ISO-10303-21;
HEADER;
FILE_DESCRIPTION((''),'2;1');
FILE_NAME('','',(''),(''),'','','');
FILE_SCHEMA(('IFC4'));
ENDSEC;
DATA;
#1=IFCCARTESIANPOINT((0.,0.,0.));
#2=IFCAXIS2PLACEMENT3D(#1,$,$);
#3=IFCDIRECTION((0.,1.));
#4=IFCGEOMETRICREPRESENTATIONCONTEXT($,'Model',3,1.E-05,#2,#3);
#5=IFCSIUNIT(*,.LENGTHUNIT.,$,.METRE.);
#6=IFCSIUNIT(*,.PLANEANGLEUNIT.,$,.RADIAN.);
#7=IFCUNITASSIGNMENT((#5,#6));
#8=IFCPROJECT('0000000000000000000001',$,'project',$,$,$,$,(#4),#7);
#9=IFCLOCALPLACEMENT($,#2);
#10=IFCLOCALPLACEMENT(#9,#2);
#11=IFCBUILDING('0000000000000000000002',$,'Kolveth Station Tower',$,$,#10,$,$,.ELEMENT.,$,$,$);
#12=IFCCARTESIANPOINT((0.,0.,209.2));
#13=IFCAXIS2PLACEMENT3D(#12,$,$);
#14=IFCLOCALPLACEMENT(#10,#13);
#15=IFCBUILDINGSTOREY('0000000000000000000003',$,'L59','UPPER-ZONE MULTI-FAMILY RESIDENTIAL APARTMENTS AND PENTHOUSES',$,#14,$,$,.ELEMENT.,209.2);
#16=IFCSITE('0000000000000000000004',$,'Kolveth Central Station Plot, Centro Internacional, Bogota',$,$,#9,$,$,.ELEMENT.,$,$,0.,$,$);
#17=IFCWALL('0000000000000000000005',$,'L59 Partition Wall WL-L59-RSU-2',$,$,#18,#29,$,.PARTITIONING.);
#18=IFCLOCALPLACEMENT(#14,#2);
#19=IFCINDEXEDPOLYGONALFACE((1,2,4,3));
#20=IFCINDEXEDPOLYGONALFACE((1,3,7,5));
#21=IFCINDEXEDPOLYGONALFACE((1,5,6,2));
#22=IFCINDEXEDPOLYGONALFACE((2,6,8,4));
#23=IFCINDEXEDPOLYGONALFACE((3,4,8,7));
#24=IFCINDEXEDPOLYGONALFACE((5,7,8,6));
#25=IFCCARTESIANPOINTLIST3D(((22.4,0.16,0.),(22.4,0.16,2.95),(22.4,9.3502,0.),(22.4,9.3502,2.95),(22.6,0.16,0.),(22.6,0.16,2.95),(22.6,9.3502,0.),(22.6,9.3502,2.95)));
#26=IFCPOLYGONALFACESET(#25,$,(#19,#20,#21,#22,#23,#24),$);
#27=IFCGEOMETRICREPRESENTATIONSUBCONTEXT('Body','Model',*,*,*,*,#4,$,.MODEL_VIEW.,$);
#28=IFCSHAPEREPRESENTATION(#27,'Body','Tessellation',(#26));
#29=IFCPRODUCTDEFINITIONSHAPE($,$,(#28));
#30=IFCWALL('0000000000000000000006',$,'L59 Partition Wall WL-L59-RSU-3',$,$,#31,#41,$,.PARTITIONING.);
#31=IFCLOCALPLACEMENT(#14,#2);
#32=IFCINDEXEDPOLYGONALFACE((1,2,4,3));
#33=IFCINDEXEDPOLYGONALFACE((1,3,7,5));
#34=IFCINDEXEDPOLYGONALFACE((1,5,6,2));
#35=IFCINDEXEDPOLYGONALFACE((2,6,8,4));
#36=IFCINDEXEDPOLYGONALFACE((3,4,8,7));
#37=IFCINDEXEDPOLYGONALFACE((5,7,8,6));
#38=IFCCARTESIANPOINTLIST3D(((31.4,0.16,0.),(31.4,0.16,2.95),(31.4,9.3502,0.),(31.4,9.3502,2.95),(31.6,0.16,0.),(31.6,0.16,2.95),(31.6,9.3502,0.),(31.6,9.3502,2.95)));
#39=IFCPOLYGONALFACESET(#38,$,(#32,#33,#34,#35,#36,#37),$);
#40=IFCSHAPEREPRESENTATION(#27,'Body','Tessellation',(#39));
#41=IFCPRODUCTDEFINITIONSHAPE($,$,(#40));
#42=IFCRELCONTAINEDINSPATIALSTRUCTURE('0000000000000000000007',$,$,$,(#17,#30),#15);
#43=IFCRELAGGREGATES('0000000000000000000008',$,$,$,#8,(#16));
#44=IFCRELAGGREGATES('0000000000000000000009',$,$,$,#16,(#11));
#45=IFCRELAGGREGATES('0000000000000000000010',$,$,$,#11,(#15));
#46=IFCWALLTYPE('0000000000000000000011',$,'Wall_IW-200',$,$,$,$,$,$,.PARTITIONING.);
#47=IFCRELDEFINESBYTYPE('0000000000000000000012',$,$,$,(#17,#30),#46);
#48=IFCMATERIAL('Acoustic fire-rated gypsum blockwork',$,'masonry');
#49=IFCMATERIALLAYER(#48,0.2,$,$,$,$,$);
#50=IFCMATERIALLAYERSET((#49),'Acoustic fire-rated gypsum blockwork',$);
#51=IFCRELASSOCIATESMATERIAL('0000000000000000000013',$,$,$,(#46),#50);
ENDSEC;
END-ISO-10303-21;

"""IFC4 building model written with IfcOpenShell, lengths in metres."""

from ifc_helpers import new_model, si_unit, direction, frame, frame_2d, origin, place, context, subcontext, project, spatial, rectangle, extrude, material, layer, layer_set, type_object, element, save


model = new_model("IFC4")

# Units and contexts
model_context = context("Model", 3, precision=1e-05, world=origin(), true_north=direction((0.0, 1.0)))
body_context = subcontext(model_context, "Body", "Model", "MODEL_VIEW")
ifc_project = project(units=[si_unit("LENGTHUNIT", "METRE"), si_unit("PLANEANGLEUNIT", "RADIAN")], contexts=[model_context])

# Site, building, storey
site_placement = place(None, origin())
site = spatial("IfcSite", under=ifc_project, at=site_placement, Name="Kolveth Central Station Plot, Centro Internacional, Bogota", CompositionType="ELEMENT", RefElevation=0.0)
building_placement = place(site_placement, origin())
building = spatial("IfcBuilding", under=site, at=building_placement, Name="Kolveth Station Tower", CompositionType="ELEMENT")
storey_placement = place(building_placement, frame((0.0, 0.0, 209.2)))
storey = spatial("IfcBuildingStorey", under=building, at=storey_placement, Name="L59", Description="UPPER-ZONE MULTI-FAMILY RESIDENTIAL APARTMENTS AND PENTHOUSES", CompositionType="ELEMENT", Elevation=209.2)

# Walls
ifc_material_1 = material(Name="Acoustic fire-rated gypsum blockwork", Category="masonry")
ifc_layer_1 = layer(ifc_material_1, 0.2)
ifc_layer_set_1 = layer_set([ifc_layer_1], Name="Acoustic fire-rated gypsum blockwork")
wall_type_1 = type_object("IfcWallType", Name="Wall_IW-200", PredefinedType="PARTITIONING", material=ifc_layer_set_1)
for number, where, z_axis, x_axis, name in (
    (1, (22.5, 0.1599, 0.0), (0.0, 0.0, 1.0), (0.0, 1.0, 0.0), "L59 Partition Wall WL-L59-RSU-2"),
    (2, (31.5, 0.1599, 0.0), (0.0, 0.0, 1.0), (0.0, 1.0, 0.0), "L59 Partition Wall WL-L59-RSU-3"),
):
    element("IfcWall", number, at=place(storey_placement, frame(where, z_axis=z_axis, x_axis=x_axis)), inside=storey, type_object=wall_type_1, Name=name, PredefinedType="PARTITIONING", context=body_context, shape_type="SweptSolid", body=[
        extrude(rectangle(XDim=9.1902, YDim=0.2, at=frame_2d((4.5952, 0.0))), origin(), (0.0, 0.0, 1.0), 2.95),
    ])

save(model, "model.ifc")
